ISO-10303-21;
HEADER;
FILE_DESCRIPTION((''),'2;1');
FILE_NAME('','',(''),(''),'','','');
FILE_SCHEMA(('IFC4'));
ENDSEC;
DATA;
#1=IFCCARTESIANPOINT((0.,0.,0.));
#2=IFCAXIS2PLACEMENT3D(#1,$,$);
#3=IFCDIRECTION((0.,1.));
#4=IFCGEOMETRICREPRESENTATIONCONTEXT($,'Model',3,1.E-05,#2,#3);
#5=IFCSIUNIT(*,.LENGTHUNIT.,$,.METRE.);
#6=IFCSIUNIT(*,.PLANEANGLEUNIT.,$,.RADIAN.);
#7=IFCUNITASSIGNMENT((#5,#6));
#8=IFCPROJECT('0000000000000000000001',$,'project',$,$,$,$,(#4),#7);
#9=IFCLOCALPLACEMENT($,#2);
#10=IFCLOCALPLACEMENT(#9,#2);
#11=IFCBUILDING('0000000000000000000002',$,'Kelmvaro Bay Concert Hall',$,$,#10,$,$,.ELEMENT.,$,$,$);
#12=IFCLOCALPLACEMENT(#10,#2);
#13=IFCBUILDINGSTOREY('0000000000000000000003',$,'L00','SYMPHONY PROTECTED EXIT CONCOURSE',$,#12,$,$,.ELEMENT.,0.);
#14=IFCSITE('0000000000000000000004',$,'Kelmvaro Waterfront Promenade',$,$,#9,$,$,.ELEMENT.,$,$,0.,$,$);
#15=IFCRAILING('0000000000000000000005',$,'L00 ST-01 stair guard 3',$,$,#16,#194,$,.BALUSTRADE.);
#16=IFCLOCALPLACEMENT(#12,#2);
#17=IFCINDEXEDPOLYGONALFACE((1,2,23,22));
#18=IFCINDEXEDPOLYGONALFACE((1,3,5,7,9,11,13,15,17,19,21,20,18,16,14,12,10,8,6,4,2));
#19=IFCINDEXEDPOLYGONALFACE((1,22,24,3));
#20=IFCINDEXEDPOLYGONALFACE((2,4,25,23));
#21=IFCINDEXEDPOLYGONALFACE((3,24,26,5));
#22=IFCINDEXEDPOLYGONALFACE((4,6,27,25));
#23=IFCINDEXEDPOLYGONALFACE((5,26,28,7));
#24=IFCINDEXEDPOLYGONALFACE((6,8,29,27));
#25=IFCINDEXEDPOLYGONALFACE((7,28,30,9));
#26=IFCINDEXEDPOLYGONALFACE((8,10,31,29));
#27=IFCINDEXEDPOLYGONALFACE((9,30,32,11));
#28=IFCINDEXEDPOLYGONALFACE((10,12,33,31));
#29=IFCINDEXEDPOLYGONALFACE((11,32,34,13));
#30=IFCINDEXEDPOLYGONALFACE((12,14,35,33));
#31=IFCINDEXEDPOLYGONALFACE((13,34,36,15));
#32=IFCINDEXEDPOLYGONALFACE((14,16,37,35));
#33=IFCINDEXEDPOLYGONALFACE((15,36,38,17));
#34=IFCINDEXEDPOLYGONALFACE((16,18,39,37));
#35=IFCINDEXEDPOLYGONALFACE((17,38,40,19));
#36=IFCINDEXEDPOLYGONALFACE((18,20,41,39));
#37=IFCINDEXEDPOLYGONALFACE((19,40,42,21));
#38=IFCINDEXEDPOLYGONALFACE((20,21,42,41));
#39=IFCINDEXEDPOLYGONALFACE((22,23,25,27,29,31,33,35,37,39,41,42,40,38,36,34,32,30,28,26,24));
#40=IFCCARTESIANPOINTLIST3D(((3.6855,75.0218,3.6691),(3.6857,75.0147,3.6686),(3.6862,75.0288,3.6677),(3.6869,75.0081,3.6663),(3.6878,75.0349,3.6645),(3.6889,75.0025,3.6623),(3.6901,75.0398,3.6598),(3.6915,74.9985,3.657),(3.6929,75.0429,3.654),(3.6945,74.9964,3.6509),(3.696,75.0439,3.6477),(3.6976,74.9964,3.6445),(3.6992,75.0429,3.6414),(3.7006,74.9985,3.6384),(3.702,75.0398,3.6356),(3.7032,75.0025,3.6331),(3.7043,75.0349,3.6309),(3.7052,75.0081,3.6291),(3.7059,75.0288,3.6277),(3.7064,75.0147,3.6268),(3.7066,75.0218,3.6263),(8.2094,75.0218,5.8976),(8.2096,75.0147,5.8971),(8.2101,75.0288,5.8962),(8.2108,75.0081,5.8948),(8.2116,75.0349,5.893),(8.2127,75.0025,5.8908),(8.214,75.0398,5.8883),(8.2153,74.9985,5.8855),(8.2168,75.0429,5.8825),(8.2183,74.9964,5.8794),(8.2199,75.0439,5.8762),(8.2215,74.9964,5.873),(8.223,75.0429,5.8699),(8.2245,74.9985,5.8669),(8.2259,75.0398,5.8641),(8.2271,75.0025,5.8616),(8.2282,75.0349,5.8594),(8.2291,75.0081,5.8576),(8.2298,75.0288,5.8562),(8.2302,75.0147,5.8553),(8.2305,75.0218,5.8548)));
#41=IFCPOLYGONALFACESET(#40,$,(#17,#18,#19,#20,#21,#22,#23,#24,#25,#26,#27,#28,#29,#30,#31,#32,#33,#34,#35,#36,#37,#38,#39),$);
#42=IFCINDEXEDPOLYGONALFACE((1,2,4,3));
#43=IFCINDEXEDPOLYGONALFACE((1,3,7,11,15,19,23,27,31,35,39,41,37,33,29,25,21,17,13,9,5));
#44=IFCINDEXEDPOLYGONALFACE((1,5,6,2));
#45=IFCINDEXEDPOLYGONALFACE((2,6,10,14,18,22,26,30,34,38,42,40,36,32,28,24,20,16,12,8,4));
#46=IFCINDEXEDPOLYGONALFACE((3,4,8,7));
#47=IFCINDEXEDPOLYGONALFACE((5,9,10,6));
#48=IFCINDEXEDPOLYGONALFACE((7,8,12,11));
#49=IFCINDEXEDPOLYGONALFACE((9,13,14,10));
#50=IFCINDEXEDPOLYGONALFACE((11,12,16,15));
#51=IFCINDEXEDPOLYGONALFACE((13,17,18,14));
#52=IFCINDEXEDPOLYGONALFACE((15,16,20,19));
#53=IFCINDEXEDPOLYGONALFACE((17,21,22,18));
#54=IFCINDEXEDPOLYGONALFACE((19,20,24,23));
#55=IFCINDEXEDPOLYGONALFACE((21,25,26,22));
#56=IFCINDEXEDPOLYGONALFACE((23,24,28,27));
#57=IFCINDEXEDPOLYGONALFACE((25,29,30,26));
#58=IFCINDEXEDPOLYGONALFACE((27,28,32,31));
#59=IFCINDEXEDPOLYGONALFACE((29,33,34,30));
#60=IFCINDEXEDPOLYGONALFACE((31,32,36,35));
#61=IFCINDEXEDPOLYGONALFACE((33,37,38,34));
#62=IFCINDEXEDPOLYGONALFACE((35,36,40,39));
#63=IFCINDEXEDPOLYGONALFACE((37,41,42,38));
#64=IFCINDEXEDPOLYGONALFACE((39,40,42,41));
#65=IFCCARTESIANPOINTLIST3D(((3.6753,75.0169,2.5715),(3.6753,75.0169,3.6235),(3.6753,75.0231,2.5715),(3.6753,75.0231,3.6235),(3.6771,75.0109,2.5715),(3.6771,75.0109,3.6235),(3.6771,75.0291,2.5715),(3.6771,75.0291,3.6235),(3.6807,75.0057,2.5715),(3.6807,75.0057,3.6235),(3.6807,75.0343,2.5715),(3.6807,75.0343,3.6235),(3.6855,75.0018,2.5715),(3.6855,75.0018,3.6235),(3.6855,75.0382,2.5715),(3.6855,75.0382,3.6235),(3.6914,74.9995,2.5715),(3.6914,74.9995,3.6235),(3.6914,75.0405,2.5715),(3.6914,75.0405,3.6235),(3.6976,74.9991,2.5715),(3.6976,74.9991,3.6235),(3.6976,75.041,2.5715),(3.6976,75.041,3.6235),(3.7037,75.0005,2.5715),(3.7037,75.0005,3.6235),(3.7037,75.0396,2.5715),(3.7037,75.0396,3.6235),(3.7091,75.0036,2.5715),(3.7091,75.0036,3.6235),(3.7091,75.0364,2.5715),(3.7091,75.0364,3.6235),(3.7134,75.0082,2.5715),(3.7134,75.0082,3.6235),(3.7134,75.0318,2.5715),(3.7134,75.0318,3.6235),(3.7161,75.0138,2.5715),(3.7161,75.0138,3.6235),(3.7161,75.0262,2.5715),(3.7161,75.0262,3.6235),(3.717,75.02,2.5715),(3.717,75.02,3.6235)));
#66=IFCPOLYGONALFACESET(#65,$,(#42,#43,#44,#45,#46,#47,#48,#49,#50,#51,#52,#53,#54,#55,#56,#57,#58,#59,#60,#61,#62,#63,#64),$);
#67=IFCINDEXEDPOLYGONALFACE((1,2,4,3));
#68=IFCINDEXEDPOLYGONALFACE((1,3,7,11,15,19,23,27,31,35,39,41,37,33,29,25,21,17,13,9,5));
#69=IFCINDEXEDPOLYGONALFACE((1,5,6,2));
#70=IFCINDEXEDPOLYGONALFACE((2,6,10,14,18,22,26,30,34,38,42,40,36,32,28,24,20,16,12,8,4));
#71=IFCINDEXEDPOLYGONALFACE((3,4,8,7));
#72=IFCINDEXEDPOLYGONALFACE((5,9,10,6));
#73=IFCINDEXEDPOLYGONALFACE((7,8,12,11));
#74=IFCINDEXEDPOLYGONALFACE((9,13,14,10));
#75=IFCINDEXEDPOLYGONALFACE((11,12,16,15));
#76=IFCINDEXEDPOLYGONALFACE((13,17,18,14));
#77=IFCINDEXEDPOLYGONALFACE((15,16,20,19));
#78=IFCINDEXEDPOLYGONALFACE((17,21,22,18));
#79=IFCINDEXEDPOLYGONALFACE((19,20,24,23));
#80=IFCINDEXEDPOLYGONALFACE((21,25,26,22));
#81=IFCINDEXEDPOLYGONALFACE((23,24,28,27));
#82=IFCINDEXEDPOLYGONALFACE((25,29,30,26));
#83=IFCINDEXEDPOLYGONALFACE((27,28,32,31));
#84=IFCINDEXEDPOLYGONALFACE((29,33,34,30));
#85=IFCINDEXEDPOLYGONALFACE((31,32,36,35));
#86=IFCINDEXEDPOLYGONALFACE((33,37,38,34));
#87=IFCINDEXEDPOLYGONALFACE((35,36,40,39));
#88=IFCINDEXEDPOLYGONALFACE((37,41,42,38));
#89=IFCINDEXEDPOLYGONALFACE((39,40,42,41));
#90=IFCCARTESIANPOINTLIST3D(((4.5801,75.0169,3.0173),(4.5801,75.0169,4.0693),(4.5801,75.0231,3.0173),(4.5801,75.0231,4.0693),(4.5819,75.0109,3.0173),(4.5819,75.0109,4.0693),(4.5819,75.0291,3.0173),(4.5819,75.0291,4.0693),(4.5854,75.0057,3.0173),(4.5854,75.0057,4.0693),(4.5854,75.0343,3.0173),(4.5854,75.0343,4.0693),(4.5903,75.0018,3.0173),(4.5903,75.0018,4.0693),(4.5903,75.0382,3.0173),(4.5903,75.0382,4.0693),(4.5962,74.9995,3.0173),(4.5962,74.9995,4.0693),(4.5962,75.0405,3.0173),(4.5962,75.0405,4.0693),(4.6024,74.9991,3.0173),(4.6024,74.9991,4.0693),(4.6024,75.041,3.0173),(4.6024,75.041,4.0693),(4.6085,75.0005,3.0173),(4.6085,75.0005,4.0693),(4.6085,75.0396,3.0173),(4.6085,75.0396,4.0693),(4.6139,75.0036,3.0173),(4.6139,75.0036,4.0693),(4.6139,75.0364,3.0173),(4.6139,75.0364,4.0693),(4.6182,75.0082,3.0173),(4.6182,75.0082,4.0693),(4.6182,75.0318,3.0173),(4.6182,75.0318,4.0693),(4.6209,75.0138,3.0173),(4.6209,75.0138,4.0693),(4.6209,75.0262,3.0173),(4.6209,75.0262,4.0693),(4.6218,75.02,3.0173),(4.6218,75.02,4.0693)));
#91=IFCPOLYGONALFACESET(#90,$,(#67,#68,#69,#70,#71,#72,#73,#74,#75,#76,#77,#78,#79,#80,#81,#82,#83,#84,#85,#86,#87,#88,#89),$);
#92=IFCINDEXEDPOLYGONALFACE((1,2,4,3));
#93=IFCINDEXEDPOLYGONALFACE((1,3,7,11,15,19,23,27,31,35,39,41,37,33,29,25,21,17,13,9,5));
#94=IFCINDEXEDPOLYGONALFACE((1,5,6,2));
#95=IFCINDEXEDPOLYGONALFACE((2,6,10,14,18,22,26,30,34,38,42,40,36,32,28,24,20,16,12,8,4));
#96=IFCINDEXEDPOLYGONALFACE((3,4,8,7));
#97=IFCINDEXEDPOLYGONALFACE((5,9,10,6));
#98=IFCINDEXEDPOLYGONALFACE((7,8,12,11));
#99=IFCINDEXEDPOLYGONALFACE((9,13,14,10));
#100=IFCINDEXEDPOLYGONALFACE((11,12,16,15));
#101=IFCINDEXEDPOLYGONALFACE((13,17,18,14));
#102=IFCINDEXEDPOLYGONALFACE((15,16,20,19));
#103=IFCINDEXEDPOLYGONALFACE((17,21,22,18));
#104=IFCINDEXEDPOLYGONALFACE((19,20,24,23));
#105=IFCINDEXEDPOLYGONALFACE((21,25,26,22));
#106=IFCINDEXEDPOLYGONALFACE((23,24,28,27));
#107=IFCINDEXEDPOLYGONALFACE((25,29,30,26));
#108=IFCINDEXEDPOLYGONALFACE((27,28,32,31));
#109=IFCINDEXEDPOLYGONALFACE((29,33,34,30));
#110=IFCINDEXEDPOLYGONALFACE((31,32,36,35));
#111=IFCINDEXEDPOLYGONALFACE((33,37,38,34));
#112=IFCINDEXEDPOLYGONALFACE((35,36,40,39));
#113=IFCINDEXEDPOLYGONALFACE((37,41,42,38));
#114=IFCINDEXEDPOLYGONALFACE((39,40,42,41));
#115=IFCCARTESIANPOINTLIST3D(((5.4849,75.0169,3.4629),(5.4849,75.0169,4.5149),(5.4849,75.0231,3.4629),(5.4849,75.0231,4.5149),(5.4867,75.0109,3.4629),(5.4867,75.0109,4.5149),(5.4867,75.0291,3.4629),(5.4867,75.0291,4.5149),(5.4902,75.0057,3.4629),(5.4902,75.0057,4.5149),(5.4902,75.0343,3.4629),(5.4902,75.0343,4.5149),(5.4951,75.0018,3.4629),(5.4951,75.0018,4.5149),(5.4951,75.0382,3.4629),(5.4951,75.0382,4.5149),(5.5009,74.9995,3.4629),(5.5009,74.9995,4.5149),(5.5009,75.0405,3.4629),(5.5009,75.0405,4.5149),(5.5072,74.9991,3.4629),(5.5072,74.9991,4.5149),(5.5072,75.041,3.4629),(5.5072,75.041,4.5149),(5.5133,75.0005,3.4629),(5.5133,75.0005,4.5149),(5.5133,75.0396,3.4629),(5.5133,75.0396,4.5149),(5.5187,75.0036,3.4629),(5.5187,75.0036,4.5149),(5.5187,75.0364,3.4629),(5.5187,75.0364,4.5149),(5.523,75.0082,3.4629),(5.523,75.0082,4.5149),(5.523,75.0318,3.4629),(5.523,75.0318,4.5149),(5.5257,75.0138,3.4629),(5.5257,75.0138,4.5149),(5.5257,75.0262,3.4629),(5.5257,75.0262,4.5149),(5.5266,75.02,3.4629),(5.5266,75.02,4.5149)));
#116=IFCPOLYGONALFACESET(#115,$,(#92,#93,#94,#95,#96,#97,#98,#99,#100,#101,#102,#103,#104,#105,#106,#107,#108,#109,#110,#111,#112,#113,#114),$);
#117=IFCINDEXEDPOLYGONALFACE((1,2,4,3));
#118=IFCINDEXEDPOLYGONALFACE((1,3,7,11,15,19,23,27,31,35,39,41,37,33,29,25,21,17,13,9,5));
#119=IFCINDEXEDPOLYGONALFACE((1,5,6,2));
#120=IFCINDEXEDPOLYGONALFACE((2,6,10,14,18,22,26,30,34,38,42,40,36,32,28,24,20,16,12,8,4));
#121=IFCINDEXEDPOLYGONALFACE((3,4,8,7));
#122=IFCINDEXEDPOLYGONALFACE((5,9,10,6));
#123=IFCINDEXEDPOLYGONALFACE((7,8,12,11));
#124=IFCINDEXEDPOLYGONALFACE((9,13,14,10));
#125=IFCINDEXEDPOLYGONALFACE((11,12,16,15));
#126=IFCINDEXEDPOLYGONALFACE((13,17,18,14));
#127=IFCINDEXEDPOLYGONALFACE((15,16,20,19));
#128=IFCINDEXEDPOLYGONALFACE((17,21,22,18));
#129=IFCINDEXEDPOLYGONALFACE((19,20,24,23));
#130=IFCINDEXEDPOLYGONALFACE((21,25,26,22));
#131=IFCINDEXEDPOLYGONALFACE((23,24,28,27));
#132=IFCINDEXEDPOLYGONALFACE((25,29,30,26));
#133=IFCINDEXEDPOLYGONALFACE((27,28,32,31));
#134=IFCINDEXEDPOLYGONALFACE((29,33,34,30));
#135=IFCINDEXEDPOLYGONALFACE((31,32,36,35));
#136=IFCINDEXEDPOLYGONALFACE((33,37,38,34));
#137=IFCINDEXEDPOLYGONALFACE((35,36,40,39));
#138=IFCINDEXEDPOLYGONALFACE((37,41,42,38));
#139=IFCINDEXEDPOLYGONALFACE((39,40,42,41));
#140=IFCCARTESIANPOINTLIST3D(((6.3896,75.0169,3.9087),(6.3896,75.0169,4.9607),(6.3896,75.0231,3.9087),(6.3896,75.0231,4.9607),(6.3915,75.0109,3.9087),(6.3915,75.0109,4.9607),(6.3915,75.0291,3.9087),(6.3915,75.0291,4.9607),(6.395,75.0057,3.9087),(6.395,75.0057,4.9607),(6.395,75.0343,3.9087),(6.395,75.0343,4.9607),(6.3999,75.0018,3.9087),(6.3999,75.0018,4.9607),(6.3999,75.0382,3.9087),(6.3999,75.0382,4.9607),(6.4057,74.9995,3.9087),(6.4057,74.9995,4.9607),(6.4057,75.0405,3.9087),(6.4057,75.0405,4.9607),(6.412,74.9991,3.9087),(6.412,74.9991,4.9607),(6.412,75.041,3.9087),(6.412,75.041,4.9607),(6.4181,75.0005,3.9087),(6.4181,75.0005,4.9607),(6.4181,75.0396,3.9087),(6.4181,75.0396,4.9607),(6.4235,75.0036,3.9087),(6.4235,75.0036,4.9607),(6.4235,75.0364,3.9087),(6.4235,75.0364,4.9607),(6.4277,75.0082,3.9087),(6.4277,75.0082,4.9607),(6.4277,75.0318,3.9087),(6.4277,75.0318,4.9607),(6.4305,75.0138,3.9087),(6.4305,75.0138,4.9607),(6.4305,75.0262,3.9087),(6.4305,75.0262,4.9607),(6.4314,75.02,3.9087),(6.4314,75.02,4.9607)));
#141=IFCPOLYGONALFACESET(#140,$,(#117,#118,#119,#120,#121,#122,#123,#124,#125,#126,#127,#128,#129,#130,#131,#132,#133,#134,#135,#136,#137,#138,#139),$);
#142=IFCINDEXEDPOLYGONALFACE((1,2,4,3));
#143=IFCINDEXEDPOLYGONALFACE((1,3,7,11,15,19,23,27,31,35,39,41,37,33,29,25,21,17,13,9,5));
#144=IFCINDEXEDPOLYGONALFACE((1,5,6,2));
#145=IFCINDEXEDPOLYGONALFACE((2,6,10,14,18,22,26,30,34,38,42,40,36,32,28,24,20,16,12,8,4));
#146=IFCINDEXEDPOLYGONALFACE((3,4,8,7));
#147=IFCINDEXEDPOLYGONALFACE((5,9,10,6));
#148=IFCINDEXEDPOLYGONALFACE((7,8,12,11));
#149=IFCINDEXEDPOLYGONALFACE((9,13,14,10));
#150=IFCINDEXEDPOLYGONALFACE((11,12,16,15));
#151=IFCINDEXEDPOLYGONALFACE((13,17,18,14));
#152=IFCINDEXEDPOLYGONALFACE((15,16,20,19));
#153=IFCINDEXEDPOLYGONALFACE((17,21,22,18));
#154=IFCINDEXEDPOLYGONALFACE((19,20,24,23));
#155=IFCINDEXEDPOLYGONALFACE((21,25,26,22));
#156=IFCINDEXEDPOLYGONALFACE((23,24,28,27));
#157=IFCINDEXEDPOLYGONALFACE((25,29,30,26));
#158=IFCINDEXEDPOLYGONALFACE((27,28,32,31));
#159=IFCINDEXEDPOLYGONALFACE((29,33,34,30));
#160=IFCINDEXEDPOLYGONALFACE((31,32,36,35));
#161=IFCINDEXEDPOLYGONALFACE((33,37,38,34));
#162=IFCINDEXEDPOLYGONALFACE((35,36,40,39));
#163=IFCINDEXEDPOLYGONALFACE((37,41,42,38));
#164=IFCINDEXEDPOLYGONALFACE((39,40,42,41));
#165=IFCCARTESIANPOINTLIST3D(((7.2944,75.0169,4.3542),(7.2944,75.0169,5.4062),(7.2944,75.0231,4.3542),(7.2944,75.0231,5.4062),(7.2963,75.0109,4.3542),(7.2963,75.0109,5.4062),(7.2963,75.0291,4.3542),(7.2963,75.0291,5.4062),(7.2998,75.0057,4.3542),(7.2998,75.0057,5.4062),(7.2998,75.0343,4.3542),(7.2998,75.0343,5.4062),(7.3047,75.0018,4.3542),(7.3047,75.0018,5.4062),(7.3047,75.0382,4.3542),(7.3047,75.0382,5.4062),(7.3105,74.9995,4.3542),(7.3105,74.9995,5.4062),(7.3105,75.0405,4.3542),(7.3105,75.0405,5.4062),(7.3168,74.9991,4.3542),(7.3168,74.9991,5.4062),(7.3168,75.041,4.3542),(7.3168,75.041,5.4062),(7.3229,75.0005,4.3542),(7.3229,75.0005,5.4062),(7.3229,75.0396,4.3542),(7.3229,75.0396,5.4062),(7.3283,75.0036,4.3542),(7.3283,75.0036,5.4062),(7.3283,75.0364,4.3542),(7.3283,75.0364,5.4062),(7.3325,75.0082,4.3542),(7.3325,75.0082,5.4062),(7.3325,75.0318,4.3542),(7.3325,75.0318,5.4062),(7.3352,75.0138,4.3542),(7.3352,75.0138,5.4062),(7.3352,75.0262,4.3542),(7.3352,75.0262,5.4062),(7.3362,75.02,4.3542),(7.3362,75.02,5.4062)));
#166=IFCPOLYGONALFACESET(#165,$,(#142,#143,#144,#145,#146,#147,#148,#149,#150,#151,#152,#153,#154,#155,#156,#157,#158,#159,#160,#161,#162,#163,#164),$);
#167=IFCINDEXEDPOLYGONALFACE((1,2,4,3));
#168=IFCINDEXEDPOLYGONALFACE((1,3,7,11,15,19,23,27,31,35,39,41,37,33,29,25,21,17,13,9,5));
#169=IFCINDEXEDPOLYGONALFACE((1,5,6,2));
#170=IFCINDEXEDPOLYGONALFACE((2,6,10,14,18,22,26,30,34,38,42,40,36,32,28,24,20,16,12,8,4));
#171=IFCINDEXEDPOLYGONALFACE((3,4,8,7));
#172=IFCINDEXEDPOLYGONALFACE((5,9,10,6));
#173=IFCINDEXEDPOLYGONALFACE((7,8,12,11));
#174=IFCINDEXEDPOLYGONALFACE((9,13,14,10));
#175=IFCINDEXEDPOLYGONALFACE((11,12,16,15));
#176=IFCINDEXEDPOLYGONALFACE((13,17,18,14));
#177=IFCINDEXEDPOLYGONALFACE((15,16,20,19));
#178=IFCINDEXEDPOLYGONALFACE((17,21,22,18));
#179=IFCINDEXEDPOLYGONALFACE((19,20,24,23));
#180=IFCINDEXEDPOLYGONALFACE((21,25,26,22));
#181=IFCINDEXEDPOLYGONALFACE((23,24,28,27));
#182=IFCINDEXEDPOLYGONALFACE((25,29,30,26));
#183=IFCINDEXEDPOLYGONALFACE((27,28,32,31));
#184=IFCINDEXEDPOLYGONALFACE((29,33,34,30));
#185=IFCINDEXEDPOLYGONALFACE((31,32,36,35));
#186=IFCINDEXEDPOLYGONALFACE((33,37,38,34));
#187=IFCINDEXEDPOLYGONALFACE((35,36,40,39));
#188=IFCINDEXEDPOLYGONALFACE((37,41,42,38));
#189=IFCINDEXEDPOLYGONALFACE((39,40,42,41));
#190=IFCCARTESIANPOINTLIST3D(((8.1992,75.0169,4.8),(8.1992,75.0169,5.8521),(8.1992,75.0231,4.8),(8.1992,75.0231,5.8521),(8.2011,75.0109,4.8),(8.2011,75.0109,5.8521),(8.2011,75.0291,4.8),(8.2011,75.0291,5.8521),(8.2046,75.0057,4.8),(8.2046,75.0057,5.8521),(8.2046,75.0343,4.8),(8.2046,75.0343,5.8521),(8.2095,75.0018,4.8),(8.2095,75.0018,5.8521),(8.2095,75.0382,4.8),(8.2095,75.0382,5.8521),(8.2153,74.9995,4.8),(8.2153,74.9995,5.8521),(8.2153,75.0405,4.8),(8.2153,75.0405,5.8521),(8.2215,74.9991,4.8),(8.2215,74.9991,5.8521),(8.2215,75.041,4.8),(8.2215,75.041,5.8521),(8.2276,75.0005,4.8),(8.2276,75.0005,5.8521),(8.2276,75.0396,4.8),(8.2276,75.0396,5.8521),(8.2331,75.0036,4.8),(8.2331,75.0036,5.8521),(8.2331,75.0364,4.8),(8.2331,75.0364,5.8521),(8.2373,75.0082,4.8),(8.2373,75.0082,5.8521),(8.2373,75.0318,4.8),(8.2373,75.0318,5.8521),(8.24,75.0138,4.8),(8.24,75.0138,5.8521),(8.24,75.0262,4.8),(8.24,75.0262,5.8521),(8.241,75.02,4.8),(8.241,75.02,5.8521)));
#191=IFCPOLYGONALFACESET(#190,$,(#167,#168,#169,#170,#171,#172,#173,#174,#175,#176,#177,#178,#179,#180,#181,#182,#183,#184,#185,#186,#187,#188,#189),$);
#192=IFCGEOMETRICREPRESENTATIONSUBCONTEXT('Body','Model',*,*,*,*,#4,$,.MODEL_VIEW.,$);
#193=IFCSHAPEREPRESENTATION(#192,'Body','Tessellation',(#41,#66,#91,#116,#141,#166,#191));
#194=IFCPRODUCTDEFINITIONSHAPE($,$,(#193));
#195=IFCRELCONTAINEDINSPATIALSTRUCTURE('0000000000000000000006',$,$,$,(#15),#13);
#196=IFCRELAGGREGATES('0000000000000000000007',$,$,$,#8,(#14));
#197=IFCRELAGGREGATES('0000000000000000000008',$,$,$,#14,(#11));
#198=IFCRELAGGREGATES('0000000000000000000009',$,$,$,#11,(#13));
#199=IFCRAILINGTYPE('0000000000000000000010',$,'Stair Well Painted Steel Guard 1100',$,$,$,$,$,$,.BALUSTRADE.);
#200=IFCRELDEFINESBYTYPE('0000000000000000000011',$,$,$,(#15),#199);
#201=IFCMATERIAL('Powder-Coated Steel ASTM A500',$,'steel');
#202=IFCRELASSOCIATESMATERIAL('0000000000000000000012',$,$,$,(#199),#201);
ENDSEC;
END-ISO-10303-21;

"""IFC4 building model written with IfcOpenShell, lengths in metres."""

from ifc_helpers import new_model, si_unit, direction, frame, origin, origin_2d, place, context, subcontext, project, spatial, circle, extrude, material, type_object, element, save


model = new_model("IFC4")

# Units and contexts
model_context = context("Model", 3, precision=1e-05, world=origin(), true_north=direction((0.0, 1.0)))
body_context = subcontext(model_context, "Body", "Model", "MODEL_VIEW")
ifc_project = project(units=[si_unit("LENGTHUNIT", "METRE"), si_unit("PLANEANGLEUNIT", "RADIAN")], contexts=[model_context])

# Site, building, storey
site_placement = place(None, origin())
site = spatial("IfcSite", under=ifc_project, at=site_placement, Name="Kelmvaro Waterfront Promenade", CompositionType="ELEMENT", RefElevation=0.0)
building_placement = place(site_placement, origin())
building = spatial("IfcBuilding", under=site, at=building_placement, Name="Kelmvaro Bay Concert Hall", CompositionType="ELEMENT")
storey_placement = place(building_placement, origin())
storey = spatial("IfcBuildingStorey", under=building, at=storey_placement, Name="L00", Description="SYMPHONY PROTECTED EXIT CONCOURSE", CompositionType="ELEMENT", Elevation=0.0)

# Railing
ifc_material_1 = material(Name="Powder-Coated Steel ASTM A500", Category="steel")
railing_type_1 = type_object("IfcRailingType", Name="Stair Well Painted Steel Guard 1100", PredefinedType="BALUSTRADE", material=ifc_material_1)
railing_1_placement = place(storey_placement, frame((3.696, 75.02, 2.5715)))
element("IfcRailing", 1, at=railing_1_placement, inside=storey, type_object=railing_type_1, Name="L00 ST-01 stair guard 3", PredefinedType="BALUSTRADE", context=body_context, shape_type="SweptSolid", body=[
    extrude(circle(Radius=0.0239, at=origin_2d()), frame((0.0, 0.0, 1.0762), z_axis=(0.897064, 0.0, 0.4419), x_axis=(0.0, 1.0, 0.0)), (0.0, 0.0, 1.0), 5.043),
    extrude(circle(Radius=0.021, at=origin_2d()), origin(), (0.0, 0.0, 1.0), 1.052),
    extrude(circle(Radius=0.021, at=origin_2d()), frame((0.9048, 0.0, 0.4458)), (0.0, 0.0, 1.0), 1.052),
    extrude(circle(Radius=0.021, at=origin_2d()), frame((1.8096, 0.0, 0.8914)), (0.0, 0.0, 1.0), 1.052),
    extrude(circle(Radius=0.021, at=origin_2d()), frame((2.7144, 0.0, 1.3372)), (0.0, 0.0, 1.0), 1.052),
    extrude(circle(Radius=0.021, at=origin_2d()), frame((3.6191, 0.0, 1.7827)), (0.0, 0.0, 1.0), 1.052),
    extrude(circle(Radius=0.021, at=origin_2d()), frame((4.5239, 0.0, 2.2285)), (0.0, 0.0, 1.0), 1.052),
])

save(model, "model.ifc")
